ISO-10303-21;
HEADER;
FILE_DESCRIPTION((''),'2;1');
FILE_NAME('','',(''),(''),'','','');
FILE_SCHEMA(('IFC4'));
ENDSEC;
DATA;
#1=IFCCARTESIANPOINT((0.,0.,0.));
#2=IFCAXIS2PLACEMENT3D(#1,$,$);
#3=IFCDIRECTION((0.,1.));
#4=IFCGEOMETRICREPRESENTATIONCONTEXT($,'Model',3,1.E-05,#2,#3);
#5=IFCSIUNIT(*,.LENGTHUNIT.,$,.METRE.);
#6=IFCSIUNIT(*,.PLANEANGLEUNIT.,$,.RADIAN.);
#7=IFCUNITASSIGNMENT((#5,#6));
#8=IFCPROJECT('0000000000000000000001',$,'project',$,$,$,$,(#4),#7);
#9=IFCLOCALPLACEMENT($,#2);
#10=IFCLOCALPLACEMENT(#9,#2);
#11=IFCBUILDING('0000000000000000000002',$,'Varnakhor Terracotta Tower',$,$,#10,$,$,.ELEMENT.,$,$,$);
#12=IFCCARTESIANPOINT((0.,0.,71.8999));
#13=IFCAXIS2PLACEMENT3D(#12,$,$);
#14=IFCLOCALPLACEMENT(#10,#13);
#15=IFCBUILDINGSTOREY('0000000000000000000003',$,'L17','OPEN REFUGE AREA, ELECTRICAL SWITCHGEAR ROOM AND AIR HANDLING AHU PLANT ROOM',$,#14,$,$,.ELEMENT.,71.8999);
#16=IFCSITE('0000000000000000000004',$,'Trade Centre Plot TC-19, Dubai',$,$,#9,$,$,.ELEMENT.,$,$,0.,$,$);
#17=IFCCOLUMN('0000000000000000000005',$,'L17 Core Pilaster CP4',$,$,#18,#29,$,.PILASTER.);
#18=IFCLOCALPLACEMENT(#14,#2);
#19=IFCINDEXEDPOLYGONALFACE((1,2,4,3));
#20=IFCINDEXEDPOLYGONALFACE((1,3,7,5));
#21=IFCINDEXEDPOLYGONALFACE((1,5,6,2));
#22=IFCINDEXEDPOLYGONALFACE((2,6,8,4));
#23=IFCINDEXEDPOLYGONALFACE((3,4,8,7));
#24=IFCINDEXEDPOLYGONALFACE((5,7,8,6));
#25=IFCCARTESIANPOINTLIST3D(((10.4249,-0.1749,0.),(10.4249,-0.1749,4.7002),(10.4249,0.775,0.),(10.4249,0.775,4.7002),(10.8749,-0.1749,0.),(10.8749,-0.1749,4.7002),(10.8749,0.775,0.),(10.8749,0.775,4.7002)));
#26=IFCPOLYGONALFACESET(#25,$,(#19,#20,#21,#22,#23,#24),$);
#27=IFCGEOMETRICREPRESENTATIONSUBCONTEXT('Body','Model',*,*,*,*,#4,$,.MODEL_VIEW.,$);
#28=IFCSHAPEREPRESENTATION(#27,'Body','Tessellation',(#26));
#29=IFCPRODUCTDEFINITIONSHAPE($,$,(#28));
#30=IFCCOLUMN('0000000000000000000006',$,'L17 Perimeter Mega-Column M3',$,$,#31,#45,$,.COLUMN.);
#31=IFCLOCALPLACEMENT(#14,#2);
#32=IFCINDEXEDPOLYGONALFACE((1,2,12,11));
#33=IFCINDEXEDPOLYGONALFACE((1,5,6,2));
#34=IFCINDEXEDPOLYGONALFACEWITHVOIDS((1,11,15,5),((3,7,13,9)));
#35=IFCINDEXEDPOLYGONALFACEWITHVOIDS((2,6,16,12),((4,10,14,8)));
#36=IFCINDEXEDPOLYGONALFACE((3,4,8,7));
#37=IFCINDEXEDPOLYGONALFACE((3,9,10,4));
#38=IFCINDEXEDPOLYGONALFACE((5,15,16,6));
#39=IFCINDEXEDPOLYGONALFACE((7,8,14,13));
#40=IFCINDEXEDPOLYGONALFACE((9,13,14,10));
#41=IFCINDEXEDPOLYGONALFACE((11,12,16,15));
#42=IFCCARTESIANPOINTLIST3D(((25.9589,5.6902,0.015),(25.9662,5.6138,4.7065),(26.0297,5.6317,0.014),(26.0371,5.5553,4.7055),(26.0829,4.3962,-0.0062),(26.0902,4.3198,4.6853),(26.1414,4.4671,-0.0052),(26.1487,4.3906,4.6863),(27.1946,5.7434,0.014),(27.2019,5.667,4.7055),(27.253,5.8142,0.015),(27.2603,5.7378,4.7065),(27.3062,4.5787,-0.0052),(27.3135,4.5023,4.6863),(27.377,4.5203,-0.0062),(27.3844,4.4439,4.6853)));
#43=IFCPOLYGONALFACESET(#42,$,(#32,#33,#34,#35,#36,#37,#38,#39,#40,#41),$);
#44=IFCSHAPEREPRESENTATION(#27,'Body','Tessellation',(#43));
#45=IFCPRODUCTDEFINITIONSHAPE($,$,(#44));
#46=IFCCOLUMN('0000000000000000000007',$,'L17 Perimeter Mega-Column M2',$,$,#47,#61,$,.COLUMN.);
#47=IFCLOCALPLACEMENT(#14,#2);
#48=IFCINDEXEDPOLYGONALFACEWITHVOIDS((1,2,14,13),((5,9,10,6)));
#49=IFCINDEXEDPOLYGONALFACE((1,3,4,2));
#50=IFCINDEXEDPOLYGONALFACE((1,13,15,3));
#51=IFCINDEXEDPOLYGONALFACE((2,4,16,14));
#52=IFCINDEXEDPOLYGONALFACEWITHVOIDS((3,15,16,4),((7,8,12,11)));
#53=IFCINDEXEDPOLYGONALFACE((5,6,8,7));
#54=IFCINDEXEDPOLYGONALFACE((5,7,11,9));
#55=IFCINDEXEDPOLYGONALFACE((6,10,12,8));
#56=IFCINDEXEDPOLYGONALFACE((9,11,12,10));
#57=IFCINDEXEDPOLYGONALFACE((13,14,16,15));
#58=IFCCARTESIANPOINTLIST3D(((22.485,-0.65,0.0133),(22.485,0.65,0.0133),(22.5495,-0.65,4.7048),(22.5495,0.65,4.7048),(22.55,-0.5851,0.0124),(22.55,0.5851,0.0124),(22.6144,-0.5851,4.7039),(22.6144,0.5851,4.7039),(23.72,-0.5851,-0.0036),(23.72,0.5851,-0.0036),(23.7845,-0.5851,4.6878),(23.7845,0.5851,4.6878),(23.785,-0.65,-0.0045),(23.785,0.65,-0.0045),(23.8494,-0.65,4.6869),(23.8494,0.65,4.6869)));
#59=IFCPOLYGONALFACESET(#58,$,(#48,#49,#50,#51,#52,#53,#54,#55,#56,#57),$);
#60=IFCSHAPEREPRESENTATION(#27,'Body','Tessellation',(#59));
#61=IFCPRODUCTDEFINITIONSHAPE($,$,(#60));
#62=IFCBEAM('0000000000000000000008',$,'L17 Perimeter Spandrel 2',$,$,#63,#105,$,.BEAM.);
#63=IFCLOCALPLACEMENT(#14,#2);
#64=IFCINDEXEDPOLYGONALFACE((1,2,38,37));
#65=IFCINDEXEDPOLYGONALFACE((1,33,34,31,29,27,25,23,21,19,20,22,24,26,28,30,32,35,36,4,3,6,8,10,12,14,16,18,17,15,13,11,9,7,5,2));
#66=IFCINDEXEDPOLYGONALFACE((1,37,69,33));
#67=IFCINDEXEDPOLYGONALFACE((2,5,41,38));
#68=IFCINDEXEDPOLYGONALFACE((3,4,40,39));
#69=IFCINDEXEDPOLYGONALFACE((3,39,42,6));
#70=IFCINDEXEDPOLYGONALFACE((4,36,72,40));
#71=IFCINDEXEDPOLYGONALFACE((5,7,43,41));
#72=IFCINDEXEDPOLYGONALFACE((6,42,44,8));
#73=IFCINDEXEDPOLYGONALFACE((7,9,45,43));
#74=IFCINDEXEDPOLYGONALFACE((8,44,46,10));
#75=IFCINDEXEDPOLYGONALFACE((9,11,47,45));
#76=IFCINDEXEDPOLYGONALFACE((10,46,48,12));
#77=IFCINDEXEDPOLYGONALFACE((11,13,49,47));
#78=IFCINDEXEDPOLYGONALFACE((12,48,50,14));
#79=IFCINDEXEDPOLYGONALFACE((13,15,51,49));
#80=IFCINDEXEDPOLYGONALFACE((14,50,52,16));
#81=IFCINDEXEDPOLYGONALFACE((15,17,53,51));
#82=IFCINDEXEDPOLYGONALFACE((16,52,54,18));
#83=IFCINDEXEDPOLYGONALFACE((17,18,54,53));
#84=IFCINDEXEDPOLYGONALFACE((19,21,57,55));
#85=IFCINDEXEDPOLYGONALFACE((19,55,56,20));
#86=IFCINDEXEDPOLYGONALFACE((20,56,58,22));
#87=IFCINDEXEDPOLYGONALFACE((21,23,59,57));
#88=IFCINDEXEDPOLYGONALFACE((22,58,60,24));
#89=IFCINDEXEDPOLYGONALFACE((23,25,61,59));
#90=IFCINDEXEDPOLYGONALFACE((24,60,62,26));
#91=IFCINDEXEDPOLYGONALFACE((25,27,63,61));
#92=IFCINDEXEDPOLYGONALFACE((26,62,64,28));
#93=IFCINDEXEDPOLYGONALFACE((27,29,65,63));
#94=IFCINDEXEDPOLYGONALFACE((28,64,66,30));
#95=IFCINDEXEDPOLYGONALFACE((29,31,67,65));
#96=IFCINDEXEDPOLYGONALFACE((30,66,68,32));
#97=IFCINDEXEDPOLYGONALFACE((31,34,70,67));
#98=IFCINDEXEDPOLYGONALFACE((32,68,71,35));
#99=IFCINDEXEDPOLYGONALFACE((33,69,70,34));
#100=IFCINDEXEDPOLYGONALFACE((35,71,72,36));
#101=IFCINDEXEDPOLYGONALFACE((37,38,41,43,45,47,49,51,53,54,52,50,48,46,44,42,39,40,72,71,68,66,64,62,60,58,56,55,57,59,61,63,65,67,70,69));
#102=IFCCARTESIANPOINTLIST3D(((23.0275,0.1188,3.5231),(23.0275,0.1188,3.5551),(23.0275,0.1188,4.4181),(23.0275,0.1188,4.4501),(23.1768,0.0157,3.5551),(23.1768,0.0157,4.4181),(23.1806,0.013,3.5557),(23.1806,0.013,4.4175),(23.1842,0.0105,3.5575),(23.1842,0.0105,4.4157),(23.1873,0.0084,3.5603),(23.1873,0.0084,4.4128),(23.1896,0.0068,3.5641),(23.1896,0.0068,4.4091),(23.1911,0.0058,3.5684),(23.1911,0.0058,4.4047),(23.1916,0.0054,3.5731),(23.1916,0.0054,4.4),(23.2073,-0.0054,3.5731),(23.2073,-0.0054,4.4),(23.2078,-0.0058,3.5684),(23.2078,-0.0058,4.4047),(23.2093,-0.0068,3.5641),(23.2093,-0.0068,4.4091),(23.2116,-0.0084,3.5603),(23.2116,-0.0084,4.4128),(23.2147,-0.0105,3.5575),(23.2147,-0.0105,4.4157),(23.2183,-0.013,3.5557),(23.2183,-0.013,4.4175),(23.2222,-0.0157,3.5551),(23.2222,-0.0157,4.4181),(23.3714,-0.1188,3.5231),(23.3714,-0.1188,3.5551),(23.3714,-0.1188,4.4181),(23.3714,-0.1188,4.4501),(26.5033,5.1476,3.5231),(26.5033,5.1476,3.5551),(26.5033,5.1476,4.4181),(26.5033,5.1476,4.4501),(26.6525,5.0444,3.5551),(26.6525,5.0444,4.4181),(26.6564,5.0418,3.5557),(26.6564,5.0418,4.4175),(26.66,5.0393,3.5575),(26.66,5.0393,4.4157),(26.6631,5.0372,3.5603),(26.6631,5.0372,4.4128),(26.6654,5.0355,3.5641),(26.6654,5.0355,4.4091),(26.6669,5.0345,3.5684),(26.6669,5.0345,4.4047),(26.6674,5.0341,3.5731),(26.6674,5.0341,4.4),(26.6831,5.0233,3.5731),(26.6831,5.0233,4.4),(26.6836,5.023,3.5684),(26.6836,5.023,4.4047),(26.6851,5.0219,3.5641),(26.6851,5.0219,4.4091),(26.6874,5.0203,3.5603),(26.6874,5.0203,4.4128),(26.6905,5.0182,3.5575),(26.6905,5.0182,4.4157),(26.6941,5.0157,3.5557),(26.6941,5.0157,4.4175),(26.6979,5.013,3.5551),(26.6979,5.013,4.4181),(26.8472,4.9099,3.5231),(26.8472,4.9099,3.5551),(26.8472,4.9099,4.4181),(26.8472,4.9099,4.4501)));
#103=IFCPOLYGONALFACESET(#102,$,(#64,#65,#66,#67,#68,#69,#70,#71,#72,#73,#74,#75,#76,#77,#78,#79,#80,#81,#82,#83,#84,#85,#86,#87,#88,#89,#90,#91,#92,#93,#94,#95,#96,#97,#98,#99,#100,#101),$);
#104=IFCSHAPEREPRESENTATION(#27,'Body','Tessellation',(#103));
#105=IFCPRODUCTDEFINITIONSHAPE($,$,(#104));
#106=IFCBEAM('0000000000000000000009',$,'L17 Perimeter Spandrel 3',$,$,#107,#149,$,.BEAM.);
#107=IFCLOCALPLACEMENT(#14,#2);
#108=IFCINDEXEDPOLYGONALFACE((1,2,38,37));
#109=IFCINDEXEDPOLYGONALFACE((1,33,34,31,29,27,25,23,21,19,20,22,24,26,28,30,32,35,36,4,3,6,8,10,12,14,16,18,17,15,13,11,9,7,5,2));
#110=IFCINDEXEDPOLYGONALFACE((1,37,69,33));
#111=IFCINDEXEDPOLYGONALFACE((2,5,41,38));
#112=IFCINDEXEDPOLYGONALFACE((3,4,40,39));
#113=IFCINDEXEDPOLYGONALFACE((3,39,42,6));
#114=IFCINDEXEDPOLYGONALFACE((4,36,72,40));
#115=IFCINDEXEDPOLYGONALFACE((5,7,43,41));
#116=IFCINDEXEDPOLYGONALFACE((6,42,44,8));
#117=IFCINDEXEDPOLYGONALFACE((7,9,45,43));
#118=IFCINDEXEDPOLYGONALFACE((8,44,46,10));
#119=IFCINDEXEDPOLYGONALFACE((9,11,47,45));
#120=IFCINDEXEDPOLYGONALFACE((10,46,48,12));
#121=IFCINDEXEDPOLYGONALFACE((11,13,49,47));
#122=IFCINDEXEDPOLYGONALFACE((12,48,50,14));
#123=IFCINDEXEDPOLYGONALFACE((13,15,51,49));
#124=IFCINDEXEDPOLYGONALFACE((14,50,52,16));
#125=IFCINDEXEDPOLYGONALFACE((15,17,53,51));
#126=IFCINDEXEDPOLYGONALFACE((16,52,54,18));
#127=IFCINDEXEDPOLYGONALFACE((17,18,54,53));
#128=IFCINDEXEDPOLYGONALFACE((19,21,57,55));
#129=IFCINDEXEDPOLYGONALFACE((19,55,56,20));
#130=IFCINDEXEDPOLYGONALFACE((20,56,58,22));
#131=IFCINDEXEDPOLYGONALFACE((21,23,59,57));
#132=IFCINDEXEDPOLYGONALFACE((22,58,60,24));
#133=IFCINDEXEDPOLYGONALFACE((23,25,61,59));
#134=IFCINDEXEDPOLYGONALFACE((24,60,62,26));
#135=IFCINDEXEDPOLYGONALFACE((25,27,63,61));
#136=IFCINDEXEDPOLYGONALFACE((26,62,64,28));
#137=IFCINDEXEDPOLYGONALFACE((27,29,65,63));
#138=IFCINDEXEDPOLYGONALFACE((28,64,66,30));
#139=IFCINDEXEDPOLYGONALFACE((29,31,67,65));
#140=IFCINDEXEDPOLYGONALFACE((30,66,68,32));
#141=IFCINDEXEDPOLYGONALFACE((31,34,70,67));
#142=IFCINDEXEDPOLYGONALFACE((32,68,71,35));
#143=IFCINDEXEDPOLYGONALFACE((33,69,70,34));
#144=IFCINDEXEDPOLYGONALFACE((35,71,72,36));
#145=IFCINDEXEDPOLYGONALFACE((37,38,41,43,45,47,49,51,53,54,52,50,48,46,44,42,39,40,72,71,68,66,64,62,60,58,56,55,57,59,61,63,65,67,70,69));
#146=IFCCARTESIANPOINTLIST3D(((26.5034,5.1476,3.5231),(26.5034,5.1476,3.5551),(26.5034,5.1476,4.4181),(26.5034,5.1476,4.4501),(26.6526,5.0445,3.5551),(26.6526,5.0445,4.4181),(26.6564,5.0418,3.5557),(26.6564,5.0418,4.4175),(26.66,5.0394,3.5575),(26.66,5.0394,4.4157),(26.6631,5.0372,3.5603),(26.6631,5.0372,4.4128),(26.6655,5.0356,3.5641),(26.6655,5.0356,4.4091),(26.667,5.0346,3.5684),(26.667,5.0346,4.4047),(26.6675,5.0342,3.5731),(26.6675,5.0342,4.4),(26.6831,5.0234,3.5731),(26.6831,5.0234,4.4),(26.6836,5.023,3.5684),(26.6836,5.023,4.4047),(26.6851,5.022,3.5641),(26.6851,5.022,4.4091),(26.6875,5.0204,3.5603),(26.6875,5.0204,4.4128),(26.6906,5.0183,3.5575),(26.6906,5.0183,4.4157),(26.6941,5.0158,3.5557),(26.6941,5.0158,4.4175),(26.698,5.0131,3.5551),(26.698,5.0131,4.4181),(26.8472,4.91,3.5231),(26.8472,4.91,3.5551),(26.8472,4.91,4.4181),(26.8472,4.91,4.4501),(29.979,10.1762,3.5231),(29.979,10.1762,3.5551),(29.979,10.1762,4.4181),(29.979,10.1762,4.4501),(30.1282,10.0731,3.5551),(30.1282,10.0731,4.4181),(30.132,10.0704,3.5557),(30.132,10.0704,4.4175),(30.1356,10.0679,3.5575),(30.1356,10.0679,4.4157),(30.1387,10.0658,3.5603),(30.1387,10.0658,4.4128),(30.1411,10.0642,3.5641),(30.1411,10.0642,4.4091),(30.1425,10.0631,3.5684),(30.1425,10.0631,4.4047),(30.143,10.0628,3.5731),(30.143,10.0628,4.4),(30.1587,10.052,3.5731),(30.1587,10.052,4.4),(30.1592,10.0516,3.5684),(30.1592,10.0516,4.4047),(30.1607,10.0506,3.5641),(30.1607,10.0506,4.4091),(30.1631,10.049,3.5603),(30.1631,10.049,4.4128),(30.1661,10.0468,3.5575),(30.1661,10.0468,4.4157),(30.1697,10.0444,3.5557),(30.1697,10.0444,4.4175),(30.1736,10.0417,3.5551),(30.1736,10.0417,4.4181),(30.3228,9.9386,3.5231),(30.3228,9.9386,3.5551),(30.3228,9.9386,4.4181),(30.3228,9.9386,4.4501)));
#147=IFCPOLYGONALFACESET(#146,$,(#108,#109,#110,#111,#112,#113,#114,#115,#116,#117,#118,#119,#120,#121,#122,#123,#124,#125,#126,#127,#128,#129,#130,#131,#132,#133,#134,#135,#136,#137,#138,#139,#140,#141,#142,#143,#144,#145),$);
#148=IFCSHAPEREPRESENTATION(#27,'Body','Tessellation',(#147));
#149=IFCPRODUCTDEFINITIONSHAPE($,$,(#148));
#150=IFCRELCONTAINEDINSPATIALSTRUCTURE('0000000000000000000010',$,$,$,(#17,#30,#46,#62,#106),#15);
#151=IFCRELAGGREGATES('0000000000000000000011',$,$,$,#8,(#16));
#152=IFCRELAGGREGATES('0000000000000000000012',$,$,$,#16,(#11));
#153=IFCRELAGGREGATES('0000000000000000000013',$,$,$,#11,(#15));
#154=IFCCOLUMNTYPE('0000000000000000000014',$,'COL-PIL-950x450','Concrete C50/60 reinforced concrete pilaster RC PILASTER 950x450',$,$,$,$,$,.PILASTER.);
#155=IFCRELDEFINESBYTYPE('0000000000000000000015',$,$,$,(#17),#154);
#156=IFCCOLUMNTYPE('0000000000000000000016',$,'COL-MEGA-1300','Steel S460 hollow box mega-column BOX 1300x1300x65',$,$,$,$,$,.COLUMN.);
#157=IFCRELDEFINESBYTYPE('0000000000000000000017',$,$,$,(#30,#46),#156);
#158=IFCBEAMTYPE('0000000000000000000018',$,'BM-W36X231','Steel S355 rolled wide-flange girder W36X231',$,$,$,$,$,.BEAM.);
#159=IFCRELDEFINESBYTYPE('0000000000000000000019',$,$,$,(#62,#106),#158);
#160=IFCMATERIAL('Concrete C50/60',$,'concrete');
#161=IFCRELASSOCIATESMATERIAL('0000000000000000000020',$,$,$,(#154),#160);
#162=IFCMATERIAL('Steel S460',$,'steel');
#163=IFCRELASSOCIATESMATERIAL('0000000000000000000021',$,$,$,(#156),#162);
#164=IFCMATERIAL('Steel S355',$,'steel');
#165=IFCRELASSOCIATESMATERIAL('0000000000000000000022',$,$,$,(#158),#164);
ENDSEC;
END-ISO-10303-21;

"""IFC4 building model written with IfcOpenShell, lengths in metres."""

from ifc_helpers import new_model, si_unit, direction, frame, origin, origin_2d, place, context, subcontext, project, spatial, rectangle, hollow_rectangle, i_section, extrude, source, transform, mapped, material, material_profile, profile_set, type_object, element, save


model = new_model("IFC4")

# Units and contexts
model_context = context("Model", 3, precision=1e-05, world=origin(), true_north=direction((0.0, 1.0)))
body_context = subcontext(model_context, "Body", "Model", "MODEL_VIEW")
ifc_project = project(units=[si_unit("LENGTHUNIT", "METRE"), si_unit("PLANEANGLEUNIT", "RADIAN")], contexts=[model_context])

# Site, building, storey
site_placement = place(None, origin())
site = spatial("IfcSite", under=ifc_project, at=site_placement, Name="Trade Centre Plot TC-19, Dubai", CompositionType="ELEMENT", RefElevation=0.0)
building_placement = place(site_placement, origin())
building = spatial("IfcBuilding", under=site, at=building_placement, Name="Varnakhor Terracotta Tower", CompositionType="ELEMENT")
storey_placement = place(building_placement, frame((0.0, 0.0, 71.8999)))
storey = spatial("IfcBuildingStorey", under=building, at=storey_placement, Name="L17", Description="OPEN REFUGE AREA, ELECTRICAL SWITCHGEAR ROOM AND AIR HANDLING AHU PLANT ROOM", CompositionType="ELEMENT", Elevation=71.8999)

# Columns
ifc_material_1 = material(Name="Concrete C50/60", Category="concrete")
ifc_material_profile_1 = material_profile(ifc_material_1, rectangle(XDim=0.45, YDim=0.95, at=origin_2d()), Name="RC PILASTER 950x450")
ifc_profile_set_1 = profile_set([ifc_material_profile_1], Name="Concrete C50/60")
column_type_1 = type_object("IfcColumnType", Name="COL-PIL-950x450", Description="Concrete C50/60 reinforced concrete pilaster RC PILASTER 950x450", PredefinedType="PILASTER", material=ifc_profile_set_1)
shared_shape_1 = source(origin(), body_context, "Body", "SweptSolid", [
    extrude(rectangle(XDim=0.45, YDim=0.95, at=origin_2d()), origin(), (0.0, 0.0, 1.0), 4.7002),
])
column_1_placement = place(storey_placement, frame((10.6499, 0.3, 0.0), z_axis=(0.0, 0.0, 1.0), x_axis=(1.0, 0.0, 0.0)))
element("IfcColumn", 1, at=column_1_placement, inside=storey, type_object=column_type_1, Name="L17 Core Pilaster CP4", PredefinedType="PILASTER", context=body_context, shape_type="MappedRepresentation", body=[
    mapped(shared_shape_1, transform((0.0, 0.0, 0.0), scale=1.0)),
])
ifc_material_2 = material(Name="Steel S460", Category="steel")
ifc_material_profile_2 = material_profile(ifc_material_2, hollow_rectangle(XDim=1.3, YDim=1.3, WallThickness=0.0649, at=origin_2d()), Name="BOX 1300x1300x65")
ifc_profile_set_2 = profile_set([ifc_material_profile_2], Name="Steel S460")
column_type_2 = type_object("IfcColumnType", Name="COL-MEGA-1300", Description="Steel S460 hollow box mega-column BOX 1300x1300x65", PredefinedType="COLUMN", material=ifc_profile_set_2)
shared_shape_2 = source(origin(), body_context, "Body", "SweptSolid", [
    extrude(hollow_rectangle(XDim=1.3, YDim=1.3, WallThickness=0.0649, at=origin_2d()), origin(), (0.0, 0.0, 1.0), 4.6921),
])
column_2_placement = place(storey_placement, frame((26.668, 5.1052, 0.0044), z_axis=(0.001561, -0.016286, 0.999866), x_axis=(0.995438, 0.095409, 0.0)))
element("IfcColumn", 2, at=column_2_placement, inside=storey, type_object=column_type_2, Name="L17 Perimeter Mega-Column M3", PredefinedType="COLUMN", context=body_context, shape_type="MappedRepresentation", body=[
    mapped(shared_shape_2, transform((0.0, 0.0, 0.0), scale=1.0)),
])
shared_shape_3 = source(origin(), body_context, "Body", "SweptSolid", [
    extrude(hollow_rectangle(XDim=1.3, YDim=1.3, WallThickness=0.0649, at=origin_2d()), origin(), (0.0, 0.0, 1.0), 4.6919),
])
column_3_placement = place(storey_placement, frame((23.135, 0.0, 0.0044), z_axis=(0.013737, 0.0, 0.999906), x_axis=(0.0, 1.0, 0.0)))
element("IfcColumn", 3, at=column_3_placement, inside=storey, type_object=column_type_2, Name="L17 Perimeter Mega-Column M2", PredefinedType="COLUMN", context=body_context, shape_type="MappedRepresentation", body=[
    mapped(shared_shape_3, transform((0.0, 0.0, 0.0), scale=1.0)),
])

# Beams
ifc_material_3 = material(Name="Steel S355", Category="steel")
ifc_material_profile_3 = material_profile(ifc_material_3, i_section(OverallWidth=0.418, OverallDepth=0.927, WebThickness=0.019, FlangeThickness=0.032, FilletRadius=0.0181, at=origin_2d()), Name="W36X231")
ifc_profile_set_3 = profile_set([ifc_material_profile_3], Name="Steel S355")
beam_type_1 = type_object("IfcBeamType", Name="BM-W36X231", Description="Steel S355 rolled wide-flange girder W36X231", PredefinedType="BEAM", material=ifc_profile_set_3)
shared_shape_4 = source(origin(), body_context, "Body", "SweptSolid", [
    extrude(i_section(OverallWidth=0.418, OverallDepth=0.927, WebThickness=0.019, FlangeThickness=0.032, FilletRadius=0.0181, at=origin_2d()), origin(), (0.0, 0.0, 1.0), 6.113),
])
beam_1_placement = place(storey_placement, frame((23.1995, 0.0, 3.9866), z_axis=(0.568585, 0.822625, 0.0), x_axis=(-0.822625, 0.568585, 0.0)))
element("IfcBeam", 4, at=beam_1_placement, inside=storey, type_object=beam_type_1, Name="L17 Perimeter Spandrel 2", PredefinedType="BEAM", context=body_context, shape_type="MappedRepresentation", body=[
    mapped(shared_shape_4, transform((0.0, 0.0, 0.0), scale=1.0)),
])
shared_shape_5 = source(origin(), body_context, "Body", "SweptSolid", [
    extrude(i_section(OverallWidth=0.418, OverallDepth=0.927, WebThickness=0.019, FlangeThickness=0.032, FilletRadius=0.0181, at=origin_2d()), origin(), (0.0, 0.0, 1.0), 6.1128),
])
beam_2_placement = place(storey_placement, frame((26.6753, 5.0288, 3.9866), z_axis=(0.568576, 0.82263, 0.0), x_axis=(-0.82263, 0.568576, 0.0)))
element("IfcBeam", 5, at=beam_2_placement, inside=storey, type_object=beam_type_1, Name="L17 Perimeter Spandrel 3", PredefinedType="BEAM", context=body_context, shape_type="MappedRepresentation", body=[
    mapped(shared_shape_5, transform((0.0, 0.0, 0.0), scale=1.0)),
])

save(model, "model.ifc")
